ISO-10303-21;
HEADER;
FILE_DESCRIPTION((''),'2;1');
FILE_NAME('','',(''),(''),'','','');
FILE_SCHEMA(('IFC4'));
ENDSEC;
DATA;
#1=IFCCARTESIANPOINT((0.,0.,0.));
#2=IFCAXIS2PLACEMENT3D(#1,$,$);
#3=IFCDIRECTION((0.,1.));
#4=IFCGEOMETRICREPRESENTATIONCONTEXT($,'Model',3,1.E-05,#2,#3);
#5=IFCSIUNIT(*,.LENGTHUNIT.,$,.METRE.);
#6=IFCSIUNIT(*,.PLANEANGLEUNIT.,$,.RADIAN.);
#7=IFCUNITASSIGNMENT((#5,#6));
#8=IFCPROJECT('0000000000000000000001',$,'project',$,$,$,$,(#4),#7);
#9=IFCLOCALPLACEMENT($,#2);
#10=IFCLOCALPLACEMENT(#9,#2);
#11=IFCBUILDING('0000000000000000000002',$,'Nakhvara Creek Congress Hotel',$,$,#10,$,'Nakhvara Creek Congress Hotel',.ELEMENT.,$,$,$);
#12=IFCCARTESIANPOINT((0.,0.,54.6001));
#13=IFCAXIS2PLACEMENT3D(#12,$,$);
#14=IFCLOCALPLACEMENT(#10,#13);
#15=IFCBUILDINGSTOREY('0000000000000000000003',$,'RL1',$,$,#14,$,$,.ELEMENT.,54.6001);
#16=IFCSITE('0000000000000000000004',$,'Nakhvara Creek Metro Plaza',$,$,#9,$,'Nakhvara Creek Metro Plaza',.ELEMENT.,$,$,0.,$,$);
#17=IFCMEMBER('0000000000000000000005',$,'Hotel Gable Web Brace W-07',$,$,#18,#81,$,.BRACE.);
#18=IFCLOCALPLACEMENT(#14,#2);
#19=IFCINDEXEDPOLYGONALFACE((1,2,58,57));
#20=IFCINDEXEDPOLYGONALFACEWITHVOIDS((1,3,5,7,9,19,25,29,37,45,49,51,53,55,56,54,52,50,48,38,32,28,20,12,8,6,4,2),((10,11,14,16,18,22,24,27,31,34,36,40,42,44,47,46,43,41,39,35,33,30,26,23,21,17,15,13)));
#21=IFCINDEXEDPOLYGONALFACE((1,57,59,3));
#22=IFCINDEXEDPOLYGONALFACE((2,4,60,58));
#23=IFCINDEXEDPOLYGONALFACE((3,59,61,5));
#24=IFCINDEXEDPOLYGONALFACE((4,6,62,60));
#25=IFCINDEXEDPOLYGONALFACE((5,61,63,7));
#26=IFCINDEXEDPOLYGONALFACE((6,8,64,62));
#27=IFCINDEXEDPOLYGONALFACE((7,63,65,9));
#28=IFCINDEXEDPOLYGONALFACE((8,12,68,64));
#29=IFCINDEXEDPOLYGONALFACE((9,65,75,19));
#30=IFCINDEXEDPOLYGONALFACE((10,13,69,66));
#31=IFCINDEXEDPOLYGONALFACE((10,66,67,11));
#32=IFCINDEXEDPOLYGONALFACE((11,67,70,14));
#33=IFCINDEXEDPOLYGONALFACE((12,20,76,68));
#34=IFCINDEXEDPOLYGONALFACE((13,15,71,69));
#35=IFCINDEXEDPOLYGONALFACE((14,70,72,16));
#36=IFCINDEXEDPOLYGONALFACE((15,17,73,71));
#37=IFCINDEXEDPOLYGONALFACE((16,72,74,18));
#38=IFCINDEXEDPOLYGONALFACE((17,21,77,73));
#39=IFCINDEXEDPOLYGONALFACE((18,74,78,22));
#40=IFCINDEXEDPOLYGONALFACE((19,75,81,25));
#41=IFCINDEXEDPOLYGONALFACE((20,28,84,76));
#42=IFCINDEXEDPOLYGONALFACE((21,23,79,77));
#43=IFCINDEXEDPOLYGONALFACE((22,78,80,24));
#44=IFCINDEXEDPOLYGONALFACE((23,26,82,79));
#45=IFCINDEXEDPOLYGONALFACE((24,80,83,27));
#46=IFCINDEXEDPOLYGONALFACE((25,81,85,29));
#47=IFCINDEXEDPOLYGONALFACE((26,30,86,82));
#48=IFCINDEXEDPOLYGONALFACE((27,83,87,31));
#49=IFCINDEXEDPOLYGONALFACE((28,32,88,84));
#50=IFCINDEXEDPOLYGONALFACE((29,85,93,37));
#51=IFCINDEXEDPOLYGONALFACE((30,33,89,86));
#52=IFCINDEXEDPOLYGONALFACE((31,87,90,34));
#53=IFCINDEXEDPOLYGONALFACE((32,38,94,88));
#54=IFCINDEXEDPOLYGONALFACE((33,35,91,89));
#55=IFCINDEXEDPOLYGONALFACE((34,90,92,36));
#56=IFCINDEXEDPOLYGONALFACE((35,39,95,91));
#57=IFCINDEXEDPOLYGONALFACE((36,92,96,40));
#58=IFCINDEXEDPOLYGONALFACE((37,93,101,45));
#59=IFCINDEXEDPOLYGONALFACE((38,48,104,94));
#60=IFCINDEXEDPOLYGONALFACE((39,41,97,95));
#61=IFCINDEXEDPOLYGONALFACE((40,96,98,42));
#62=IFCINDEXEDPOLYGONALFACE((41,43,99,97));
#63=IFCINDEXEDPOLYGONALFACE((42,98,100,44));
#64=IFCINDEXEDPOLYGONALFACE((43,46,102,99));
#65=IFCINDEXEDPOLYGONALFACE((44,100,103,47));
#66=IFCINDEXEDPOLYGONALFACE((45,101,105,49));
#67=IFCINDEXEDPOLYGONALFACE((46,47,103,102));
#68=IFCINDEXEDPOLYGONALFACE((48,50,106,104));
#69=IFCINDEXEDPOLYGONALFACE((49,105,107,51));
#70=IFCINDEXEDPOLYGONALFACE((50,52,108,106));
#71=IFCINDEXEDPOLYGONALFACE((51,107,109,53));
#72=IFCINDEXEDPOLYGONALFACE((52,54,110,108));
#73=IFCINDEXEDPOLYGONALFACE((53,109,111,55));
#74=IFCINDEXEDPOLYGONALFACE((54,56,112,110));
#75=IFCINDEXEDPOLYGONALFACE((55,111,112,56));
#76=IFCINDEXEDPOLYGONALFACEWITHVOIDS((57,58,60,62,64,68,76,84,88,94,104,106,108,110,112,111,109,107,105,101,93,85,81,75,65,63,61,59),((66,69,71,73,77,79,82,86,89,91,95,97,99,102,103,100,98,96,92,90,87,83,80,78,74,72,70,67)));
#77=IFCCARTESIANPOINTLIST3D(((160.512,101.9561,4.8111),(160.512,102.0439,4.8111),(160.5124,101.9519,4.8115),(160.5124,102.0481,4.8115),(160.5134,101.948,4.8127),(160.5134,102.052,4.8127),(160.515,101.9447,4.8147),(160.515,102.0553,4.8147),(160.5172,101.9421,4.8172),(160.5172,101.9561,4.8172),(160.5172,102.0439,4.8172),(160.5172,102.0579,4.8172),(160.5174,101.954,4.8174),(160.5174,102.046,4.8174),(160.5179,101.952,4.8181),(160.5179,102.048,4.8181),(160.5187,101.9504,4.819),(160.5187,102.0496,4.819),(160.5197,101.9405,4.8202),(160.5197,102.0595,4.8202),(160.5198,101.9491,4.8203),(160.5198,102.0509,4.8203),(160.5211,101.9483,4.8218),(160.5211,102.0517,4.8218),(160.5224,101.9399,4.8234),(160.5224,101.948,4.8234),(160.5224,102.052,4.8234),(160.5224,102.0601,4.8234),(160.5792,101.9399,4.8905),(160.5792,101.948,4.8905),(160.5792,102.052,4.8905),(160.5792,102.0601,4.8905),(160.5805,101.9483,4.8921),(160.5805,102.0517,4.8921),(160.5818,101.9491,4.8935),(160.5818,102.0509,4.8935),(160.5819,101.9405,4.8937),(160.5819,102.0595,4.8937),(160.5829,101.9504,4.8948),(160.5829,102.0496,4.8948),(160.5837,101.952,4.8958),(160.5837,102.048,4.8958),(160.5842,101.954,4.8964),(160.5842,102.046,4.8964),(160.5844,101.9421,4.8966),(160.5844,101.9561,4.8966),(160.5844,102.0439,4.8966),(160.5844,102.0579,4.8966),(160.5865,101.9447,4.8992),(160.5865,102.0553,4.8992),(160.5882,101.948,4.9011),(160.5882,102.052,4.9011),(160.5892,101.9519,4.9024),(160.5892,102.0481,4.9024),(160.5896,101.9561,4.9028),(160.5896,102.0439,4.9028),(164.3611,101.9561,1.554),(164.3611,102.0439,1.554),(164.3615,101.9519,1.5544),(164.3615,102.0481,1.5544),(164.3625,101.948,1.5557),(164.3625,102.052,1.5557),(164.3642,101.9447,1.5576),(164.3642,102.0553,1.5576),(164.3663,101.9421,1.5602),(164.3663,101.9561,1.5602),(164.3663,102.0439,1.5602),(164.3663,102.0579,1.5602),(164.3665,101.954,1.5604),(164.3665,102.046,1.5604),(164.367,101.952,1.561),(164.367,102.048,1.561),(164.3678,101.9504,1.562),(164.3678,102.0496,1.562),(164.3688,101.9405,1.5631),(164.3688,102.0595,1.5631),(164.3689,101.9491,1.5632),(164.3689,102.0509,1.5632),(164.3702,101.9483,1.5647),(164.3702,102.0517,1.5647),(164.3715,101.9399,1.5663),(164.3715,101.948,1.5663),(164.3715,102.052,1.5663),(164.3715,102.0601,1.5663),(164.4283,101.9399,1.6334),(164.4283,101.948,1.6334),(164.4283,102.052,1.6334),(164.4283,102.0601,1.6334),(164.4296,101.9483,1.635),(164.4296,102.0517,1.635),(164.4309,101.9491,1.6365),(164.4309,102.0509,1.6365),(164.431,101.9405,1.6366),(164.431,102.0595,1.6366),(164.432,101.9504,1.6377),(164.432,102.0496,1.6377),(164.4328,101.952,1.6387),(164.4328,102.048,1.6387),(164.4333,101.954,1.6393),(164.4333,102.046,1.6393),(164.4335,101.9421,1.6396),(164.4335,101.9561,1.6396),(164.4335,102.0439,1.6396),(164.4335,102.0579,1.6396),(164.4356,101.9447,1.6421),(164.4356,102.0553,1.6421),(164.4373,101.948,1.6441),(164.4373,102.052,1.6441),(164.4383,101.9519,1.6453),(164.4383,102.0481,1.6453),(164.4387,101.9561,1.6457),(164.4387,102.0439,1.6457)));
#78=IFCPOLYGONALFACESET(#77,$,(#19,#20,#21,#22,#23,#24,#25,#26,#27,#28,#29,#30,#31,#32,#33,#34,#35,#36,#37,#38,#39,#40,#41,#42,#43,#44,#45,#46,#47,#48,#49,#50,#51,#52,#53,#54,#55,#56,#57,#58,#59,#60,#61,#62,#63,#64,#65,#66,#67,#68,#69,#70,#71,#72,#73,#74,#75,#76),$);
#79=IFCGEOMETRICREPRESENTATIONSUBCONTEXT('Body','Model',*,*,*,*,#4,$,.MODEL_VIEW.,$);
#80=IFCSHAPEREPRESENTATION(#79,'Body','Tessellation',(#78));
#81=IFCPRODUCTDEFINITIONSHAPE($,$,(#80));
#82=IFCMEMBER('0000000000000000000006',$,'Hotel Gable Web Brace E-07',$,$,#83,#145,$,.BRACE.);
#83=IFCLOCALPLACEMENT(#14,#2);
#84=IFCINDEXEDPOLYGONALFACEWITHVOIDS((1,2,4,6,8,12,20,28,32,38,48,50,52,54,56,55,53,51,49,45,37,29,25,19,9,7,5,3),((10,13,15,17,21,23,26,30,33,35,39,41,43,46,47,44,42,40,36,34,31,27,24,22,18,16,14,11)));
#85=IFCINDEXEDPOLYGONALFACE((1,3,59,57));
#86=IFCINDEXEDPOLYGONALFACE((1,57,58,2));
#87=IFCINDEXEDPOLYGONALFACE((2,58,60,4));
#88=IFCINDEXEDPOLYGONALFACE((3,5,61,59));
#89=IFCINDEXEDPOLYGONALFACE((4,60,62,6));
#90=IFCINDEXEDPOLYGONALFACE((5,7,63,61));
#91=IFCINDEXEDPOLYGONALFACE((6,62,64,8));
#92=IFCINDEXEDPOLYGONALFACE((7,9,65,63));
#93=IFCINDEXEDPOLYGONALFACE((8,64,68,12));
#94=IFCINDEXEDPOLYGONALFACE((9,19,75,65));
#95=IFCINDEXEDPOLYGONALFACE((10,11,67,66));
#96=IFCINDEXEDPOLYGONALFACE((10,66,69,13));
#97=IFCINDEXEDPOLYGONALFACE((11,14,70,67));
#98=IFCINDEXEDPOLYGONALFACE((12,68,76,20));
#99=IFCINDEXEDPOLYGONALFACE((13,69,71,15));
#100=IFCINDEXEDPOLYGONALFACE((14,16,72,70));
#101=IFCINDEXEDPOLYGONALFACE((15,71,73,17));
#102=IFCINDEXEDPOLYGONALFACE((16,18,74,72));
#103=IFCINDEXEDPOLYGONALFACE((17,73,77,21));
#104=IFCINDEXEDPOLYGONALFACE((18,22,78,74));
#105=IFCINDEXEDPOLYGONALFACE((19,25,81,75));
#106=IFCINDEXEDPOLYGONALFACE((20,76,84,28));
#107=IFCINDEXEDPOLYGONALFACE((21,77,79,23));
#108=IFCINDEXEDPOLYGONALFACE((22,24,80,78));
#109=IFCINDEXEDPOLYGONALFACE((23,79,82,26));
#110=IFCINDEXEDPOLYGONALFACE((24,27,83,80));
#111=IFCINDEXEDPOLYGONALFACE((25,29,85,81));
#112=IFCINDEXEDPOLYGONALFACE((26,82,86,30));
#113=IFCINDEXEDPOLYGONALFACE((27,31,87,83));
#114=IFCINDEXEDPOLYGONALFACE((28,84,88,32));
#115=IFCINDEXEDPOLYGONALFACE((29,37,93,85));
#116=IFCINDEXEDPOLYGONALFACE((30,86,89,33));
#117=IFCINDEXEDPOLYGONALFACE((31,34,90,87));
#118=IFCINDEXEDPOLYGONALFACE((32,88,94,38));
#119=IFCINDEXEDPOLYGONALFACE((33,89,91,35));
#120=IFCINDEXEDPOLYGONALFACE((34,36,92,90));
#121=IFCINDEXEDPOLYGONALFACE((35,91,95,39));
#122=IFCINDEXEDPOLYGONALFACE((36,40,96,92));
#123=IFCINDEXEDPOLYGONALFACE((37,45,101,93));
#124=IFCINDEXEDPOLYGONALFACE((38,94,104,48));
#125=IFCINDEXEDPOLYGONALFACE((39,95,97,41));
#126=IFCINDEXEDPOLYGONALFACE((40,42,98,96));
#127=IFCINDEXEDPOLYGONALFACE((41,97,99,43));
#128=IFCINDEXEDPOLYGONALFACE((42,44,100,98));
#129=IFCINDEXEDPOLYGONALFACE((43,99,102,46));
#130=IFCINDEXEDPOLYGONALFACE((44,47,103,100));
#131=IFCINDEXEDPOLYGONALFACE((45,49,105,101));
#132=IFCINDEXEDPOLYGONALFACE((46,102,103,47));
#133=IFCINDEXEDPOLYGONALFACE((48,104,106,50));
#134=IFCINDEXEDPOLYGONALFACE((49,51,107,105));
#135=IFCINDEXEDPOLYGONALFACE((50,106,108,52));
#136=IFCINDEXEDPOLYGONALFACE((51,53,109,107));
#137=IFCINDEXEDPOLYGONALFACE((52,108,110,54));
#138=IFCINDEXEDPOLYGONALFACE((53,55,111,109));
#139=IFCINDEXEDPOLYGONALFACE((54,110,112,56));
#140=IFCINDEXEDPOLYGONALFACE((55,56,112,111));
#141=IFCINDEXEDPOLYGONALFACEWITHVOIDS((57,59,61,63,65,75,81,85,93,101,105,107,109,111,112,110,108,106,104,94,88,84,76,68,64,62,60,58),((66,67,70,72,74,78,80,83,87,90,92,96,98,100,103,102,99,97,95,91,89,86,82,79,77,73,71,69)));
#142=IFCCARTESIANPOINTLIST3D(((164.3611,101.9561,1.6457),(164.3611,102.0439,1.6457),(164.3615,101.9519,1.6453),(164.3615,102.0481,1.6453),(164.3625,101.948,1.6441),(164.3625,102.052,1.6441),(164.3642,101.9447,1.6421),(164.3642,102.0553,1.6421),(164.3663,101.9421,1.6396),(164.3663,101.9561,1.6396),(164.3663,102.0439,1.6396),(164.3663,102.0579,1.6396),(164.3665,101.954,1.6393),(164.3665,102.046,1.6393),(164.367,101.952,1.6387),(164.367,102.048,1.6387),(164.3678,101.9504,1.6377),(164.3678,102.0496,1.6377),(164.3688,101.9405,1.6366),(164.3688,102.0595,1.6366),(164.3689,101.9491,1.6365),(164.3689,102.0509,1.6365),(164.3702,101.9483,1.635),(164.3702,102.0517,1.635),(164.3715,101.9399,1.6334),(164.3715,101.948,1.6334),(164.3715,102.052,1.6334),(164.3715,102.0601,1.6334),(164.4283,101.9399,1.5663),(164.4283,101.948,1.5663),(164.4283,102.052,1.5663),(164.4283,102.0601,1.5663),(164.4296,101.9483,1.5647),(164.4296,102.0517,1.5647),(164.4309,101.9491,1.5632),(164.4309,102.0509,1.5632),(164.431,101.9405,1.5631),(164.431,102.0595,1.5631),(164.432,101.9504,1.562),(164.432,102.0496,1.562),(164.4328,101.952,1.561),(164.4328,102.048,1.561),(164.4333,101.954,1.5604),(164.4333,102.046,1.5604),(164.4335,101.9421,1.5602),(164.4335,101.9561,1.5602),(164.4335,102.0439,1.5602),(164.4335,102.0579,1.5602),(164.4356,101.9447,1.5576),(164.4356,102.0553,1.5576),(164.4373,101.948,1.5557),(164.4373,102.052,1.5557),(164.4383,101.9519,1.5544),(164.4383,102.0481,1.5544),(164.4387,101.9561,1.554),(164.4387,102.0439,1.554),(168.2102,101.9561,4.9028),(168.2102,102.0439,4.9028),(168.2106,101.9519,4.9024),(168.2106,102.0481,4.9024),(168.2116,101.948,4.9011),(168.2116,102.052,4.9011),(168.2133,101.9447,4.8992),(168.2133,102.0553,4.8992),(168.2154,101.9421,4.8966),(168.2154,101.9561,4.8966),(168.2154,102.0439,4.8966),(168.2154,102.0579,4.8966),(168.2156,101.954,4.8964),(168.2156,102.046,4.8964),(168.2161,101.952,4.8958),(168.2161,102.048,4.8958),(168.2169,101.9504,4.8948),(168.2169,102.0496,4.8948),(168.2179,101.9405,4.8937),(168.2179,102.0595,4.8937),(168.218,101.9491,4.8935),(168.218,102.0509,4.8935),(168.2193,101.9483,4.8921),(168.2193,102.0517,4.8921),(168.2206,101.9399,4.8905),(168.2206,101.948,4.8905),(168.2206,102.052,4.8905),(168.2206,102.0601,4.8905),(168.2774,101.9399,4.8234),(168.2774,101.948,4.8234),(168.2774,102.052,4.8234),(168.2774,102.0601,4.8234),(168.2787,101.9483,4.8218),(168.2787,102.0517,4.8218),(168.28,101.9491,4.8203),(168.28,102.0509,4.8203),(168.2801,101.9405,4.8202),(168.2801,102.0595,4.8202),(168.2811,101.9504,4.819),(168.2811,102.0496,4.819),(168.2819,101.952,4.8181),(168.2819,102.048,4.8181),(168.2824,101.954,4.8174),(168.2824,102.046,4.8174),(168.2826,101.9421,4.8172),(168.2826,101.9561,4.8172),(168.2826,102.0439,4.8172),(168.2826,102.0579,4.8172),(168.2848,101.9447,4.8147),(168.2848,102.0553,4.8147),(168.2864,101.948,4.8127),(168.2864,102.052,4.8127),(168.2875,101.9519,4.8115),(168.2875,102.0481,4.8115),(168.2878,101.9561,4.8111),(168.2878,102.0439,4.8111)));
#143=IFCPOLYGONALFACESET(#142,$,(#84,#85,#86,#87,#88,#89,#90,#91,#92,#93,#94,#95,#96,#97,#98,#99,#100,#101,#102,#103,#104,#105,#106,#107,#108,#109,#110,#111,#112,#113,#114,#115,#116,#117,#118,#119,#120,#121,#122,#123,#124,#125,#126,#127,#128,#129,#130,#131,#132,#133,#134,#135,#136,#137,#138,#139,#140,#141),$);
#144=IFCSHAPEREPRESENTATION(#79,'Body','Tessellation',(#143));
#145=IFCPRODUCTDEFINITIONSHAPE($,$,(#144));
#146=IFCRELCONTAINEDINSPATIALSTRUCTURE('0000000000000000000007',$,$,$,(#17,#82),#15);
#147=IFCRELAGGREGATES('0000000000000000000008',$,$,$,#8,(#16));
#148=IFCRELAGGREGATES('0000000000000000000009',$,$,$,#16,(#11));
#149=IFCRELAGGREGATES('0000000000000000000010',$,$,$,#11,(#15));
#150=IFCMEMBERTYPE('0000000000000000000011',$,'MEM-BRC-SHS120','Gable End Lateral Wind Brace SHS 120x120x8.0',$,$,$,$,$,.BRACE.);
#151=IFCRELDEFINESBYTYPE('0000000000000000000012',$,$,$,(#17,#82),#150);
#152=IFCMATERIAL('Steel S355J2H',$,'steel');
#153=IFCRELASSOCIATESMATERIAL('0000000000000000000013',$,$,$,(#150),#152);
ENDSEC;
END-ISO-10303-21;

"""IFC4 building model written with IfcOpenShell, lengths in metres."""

from ifc_helpers import new_model, si_unit, direction, frame, origin, origin_2d, place, context, subcontext, project, spatial, hollow_rectangle, extrude, material, material_profile, profile_set, type_object, element, save


model = new_model("IFC4")

# Units and contexts
model_context = context("Model", 3, precision=1e-05, world=origin(), true_north=direction((0.0, 1.0)))
body_context = subcontext(model_context, "Body", "Model", "MODEL_VIEW")
ifc_project = project(units=[si_unit("LENGTHUNIT", "METRE"), si_unit("PLANEANGLEUNIT", "RADIAN")], contexts=[model_context])

# Site, building, storey
site_placement = place(None, origin())
site = spatial("IfcSite", under=ifc_project, at=site_placement, Name="Nakhvara Creek Metro Plaza", LongName="Nakhvara Creek Metro Plaza", CompositionType="ELEMENT", RefElevation=0.0)
building_placement = place(site_placement, origin())
building = spatial("IfcBuilding", under=site, at=building_placement, Name="Nakhvara Creek Congress Hotel", LongName="Nakhvara Creek Congress Hotel", CompositionType="ELEMENT")
storey_placement = place(building_placement, frame((0.0, 0.0, 54.6001)))
storey = spatial("IfcBuildingStorey", under=building, at=storey_placement, Name="RL1", CompositionType="ELEMENT", Elevation=54.6001)

# Members
ifc_material_1 = material(Name="Steel S355J2H", Category="steel")
ifc_material_profile_1 = material_profile(ifc_material_1, hollow_rectangle(XDim=0.1201, YDim=0.1201, WallThickness=0.0081, InnerFilletRadius=0.0081, OuterFilletRadius=0.0161, at=origin_2d()), Name="SHS 120x120x8.0", Category="LoadBearing")
ifc_profile_set_1 = profile_set([ifc_material_profile_1], Name="Steel S355J2H")
member_type_1 = type_object("IfcMemberType", Name="MEM-BRC-SHS120", Description="Gable End Lateral Wind Brace SHS 120x120x8.0", PredefinedType="BRACE", material=ifc_profile_set_1)
for number, where, z_axis, x_axis, name in (
    (1, (164.3999, 102.0, 1.5999), (-0.763373, 0.0, 0.645957), (0.0, -1.0, 0.0), "Hotel Gable Web Brace W-07"),
    (2, (164.3999, 102.0, 1.5999), (0.763373, 0.0, 0.645957), (0.0, 1.0, 0.0), "Hotel Gable Web Brace E-07"),
):
    element("IfcMember", number, at=place(storey_placement, frame(where, z_axis=z_axis, x_axis=x_axis)), inside=storey, type_object=member_type_1, Name=name, PredefinedType="BRACE", context=body_context, shape_type="SweptSolid", body=[
        extrude(hollow_rectangle(XDim=0.1201, YDim=0.1201, WallThickness=0.0081, InnerFilletRadius=0.0081, OuterFilletRadius=0.0161, at=origin_2d()), origin(), (0.0, 0.0, 1.0), 5.0422),
    ])

save(model, "model.ifc")
